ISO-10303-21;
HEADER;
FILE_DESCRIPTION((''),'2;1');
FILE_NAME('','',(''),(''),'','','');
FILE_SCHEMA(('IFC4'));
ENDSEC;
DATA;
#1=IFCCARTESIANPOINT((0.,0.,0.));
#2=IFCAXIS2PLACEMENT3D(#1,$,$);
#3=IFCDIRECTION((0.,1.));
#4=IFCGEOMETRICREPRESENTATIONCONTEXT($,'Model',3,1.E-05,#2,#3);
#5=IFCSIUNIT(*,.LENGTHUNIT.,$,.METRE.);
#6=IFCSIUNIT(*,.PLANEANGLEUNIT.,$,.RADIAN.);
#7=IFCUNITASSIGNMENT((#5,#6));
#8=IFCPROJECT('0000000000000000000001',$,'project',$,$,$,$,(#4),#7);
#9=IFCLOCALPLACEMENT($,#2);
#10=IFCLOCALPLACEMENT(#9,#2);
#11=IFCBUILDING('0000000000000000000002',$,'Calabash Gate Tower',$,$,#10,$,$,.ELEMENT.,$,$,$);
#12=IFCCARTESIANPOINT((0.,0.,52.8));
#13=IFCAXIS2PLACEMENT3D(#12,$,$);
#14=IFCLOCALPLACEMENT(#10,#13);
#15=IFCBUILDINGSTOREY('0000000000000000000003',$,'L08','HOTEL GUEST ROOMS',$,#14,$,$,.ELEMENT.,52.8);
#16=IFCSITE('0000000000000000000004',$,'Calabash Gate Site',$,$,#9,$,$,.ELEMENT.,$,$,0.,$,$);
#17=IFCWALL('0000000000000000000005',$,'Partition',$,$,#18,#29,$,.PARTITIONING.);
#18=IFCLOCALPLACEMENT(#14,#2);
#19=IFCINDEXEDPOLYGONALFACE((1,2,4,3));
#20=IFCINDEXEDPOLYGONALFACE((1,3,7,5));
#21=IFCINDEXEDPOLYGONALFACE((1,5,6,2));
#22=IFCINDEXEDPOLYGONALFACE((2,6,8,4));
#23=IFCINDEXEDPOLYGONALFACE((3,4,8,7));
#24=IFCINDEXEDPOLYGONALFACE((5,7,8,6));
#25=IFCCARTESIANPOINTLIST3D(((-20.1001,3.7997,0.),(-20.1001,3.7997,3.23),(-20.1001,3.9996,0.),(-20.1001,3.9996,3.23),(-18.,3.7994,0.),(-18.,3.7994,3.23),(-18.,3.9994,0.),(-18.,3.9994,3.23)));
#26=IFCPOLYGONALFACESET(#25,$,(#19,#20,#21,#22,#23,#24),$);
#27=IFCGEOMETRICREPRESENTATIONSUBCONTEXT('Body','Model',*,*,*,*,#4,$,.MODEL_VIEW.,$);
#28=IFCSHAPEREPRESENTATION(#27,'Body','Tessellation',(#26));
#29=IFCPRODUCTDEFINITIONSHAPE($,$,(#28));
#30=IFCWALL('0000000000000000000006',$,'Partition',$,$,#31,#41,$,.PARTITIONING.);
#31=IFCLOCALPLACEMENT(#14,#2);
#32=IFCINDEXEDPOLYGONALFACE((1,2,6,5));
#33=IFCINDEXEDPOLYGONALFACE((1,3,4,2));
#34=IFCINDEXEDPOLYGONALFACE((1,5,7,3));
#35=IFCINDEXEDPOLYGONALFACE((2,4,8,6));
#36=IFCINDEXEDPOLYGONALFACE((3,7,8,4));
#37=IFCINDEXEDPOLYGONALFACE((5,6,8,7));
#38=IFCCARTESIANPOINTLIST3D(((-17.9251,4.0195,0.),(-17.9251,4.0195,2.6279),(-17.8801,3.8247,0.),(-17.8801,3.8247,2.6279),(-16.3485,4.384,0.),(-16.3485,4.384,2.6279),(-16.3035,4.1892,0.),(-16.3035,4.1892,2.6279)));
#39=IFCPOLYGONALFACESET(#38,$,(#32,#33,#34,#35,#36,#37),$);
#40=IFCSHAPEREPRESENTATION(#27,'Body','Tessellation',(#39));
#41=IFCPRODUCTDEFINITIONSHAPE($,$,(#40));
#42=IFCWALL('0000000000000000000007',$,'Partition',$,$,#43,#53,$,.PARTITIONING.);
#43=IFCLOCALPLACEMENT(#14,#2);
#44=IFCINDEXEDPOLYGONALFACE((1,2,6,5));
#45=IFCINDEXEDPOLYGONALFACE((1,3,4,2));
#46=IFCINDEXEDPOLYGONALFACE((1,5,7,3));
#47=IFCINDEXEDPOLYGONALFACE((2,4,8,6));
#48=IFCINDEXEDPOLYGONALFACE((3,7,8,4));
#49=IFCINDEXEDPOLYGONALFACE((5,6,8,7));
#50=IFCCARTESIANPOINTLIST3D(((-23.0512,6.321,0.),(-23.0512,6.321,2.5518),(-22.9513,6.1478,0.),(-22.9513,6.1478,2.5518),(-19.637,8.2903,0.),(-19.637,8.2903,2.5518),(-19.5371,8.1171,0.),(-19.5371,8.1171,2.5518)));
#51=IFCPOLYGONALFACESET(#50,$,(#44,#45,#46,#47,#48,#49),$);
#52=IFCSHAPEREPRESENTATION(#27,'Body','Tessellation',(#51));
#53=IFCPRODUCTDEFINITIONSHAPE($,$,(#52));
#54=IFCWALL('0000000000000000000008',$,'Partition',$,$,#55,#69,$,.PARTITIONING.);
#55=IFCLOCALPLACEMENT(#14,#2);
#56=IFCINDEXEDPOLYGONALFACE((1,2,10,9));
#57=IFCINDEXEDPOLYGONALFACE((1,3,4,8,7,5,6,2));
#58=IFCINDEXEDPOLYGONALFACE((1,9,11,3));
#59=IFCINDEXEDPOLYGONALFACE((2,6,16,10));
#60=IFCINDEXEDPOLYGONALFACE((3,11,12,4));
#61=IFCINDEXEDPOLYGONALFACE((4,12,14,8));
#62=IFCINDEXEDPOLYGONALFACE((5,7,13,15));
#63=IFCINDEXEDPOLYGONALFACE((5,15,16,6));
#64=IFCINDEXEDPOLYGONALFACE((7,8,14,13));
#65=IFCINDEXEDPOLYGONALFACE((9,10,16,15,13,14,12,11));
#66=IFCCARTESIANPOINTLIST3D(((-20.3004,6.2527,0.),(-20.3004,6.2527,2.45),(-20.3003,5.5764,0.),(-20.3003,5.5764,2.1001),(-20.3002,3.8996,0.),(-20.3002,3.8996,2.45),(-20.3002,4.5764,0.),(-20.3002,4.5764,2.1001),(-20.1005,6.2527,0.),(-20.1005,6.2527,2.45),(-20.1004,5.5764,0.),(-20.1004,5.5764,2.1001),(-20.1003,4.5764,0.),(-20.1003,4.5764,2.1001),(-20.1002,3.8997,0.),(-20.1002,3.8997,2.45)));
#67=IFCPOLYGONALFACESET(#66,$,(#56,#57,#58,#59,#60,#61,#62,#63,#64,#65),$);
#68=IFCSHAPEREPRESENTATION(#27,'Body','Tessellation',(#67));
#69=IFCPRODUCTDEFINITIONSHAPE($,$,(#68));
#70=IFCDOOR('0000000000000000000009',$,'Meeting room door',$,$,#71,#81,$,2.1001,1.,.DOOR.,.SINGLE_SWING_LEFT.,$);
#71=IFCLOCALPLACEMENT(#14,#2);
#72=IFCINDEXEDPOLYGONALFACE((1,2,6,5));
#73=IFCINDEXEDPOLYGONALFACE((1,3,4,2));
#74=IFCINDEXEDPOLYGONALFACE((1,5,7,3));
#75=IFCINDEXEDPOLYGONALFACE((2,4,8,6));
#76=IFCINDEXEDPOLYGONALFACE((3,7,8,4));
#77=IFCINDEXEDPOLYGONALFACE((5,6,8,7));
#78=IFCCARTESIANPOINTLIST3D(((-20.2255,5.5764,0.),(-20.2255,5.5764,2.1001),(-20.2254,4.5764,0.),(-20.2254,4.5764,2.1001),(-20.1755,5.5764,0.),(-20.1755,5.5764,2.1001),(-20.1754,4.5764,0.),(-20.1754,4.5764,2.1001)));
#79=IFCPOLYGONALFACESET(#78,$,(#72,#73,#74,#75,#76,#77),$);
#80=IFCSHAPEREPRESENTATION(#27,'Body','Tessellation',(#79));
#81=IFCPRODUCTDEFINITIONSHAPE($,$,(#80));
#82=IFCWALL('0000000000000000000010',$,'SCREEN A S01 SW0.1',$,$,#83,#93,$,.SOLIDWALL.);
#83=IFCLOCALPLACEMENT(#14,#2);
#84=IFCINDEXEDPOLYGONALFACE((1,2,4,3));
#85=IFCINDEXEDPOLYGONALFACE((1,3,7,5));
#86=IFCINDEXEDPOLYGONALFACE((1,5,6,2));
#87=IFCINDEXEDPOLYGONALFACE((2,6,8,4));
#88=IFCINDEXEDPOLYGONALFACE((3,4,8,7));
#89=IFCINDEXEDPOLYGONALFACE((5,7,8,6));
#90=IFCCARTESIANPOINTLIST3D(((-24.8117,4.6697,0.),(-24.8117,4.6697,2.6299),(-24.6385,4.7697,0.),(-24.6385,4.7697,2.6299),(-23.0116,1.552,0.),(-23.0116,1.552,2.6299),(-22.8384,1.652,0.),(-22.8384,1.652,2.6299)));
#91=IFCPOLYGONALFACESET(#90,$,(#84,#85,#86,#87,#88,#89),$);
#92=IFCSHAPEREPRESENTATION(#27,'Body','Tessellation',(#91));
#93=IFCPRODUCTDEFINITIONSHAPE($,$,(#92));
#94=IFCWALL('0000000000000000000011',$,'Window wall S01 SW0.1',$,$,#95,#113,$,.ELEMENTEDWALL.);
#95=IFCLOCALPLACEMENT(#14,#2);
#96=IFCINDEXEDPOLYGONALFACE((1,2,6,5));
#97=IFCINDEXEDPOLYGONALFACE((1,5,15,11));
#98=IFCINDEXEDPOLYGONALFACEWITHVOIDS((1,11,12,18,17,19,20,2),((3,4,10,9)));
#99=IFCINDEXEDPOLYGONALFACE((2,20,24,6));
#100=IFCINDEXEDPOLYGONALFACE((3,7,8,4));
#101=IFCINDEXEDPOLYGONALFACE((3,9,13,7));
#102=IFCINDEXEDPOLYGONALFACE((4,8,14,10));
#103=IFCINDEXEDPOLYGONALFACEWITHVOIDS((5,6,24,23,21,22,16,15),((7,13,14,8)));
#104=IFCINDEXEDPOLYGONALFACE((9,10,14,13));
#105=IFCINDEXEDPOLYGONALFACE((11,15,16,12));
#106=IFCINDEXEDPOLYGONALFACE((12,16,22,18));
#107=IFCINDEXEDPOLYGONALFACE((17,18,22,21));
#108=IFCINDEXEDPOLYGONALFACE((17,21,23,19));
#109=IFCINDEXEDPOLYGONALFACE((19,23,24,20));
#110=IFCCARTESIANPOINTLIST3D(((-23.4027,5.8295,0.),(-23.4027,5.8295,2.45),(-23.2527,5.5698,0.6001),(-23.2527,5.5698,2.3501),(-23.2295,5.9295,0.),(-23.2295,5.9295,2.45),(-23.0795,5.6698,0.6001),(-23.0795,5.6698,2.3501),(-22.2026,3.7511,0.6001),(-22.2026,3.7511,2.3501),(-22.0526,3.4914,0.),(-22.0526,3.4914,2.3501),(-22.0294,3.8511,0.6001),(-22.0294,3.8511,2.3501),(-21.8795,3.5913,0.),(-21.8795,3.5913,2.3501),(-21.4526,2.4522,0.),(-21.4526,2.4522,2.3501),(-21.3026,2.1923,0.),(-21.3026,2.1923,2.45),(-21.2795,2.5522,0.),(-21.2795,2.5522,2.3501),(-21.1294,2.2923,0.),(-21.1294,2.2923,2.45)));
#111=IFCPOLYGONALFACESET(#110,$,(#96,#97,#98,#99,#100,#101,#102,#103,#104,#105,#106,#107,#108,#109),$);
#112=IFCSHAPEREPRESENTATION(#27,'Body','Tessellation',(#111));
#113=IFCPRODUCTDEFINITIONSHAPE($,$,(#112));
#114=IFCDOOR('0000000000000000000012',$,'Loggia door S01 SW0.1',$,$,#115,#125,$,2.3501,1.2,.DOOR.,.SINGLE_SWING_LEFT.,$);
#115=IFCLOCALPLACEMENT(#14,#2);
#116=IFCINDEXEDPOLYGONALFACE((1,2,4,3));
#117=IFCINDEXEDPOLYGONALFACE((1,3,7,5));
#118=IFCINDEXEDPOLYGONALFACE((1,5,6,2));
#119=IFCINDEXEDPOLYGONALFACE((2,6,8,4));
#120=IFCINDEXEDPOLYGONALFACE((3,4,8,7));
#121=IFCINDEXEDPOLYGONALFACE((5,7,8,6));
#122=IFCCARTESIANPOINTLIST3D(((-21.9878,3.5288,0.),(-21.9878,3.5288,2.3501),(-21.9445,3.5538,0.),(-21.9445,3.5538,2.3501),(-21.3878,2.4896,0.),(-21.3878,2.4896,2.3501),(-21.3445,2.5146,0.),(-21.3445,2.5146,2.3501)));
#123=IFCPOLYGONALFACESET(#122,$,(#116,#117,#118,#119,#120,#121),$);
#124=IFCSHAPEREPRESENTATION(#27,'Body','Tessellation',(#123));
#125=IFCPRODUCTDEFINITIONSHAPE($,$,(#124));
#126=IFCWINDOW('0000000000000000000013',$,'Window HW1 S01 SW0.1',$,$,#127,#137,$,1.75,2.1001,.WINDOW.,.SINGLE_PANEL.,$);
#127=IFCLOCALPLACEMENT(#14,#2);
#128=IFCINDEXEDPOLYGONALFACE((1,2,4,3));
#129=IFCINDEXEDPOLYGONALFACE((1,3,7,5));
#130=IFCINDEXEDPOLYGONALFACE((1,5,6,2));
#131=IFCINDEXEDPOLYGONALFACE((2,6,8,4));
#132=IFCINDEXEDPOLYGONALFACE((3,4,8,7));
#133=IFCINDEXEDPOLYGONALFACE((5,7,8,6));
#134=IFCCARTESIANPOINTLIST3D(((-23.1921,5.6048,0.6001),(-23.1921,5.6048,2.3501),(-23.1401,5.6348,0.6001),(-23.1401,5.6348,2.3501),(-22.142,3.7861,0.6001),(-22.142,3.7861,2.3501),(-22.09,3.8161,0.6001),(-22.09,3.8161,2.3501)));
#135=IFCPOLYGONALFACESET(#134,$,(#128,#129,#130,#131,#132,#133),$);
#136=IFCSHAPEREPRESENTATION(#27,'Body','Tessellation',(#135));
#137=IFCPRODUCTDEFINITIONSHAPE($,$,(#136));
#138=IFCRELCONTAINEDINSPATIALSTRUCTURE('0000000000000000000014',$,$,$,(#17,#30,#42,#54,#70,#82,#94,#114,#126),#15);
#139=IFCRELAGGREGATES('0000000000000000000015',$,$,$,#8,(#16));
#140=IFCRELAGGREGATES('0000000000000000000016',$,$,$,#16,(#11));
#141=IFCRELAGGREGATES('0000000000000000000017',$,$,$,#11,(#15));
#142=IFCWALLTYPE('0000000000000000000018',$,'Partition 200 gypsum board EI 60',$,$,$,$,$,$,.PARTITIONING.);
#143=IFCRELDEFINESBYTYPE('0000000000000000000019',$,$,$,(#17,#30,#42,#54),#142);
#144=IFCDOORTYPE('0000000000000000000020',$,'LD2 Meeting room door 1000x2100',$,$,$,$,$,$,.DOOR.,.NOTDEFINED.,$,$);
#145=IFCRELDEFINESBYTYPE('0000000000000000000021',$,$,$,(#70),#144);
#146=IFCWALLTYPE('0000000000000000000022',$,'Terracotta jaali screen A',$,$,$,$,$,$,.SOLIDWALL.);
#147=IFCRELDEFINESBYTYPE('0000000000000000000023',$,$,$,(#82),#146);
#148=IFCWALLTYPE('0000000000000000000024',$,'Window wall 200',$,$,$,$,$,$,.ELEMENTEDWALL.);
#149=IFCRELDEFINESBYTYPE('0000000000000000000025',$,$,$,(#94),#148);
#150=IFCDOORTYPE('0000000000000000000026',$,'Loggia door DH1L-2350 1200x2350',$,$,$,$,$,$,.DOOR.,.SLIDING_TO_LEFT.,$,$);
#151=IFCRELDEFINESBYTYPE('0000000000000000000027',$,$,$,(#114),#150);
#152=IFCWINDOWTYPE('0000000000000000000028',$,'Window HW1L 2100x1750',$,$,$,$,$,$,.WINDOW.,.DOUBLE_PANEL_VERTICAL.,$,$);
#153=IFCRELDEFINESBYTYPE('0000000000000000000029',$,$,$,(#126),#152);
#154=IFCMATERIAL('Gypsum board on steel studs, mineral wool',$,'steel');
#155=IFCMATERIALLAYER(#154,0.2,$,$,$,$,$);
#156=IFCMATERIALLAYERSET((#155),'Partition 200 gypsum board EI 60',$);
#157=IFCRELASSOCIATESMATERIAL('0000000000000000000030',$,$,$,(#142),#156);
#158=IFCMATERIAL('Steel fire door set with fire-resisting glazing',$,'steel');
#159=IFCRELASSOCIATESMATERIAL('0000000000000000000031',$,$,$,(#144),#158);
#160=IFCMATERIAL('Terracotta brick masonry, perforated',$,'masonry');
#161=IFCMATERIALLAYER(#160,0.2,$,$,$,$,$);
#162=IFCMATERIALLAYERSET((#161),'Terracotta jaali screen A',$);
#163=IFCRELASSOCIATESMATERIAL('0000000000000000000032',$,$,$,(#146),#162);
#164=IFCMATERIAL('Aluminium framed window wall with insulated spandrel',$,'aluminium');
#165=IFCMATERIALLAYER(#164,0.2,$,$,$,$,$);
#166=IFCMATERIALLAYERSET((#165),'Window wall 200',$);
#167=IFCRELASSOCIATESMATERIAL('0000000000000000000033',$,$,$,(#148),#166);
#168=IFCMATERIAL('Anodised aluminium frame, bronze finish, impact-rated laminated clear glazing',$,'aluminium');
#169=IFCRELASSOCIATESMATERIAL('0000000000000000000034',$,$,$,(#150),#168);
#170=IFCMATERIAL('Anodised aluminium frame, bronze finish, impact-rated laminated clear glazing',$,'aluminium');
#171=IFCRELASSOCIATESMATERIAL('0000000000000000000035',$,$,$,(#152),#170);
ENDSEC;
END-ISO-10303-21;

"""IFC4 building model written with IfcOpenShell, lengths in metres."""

from ifc_helpers import new_model, si_unit, direction, frame, frame_2d, origin, place, context, subcontext, project, spatial, rectangle, extrude, material, layer, layer_set, type_object, element, fill, save


model = new_model("IFC4")

# Units and contexts
model_context = context("Model", 3, precision=1e-05, world=origin(), true_north=direction((0.0, 1.0)))
body_context = subcontext(model_context, "Body", "Model", "MODEL_VIEW")
ifc_project = project(units=[si_unit("LENGTHUNIT", "METRE"), si_unit("PLANEANGLEUNIT", "RADIAN")], contexts=[model_context])

# Site, building, storey
site_placement = place(None, origin())
site = spatial("IfcSite", under=ifc_project, at=site_placement, Name="Calabash Gate Site", CompositionType="ELEMENT", RefElevation=0.0)
building_placement = place(site_placement, origin())
building = spatial("IfcBuilding", under=site, at=building_placement, Name="Calabash Gate Tower", CompositionType="ELEMENT")
storey_placement = place(building_placement, frame((0.0, 0.0, 52.8)))
storey = spatial("IfcBuildingStorey", under=building, at=storey_placement, Name="L08", Description="HOTEL GUEST ROOMS", CompositionType="ELEMENT", Elevation=52.8)

# Walls
ifc_material_1 = material(Name="Gypsum board on steel studs, mineral wool", Category="steel")
ifc_layer_1 = layer(ifc_material_1, 0.2)
ifc_layer_set_1 = layer_set([ifc_layer_1], Name="Partition 200 gypsum board EI 60")
wall_type_1 = type_object("IfcWallType", Name="Partition 200 gypsum board EI 60", PredefinedType="PARTITIONING", material=ifc_layer_set_1)
wall_1_placement = place(storey_placement, frame((-20.1001, 3.8997, 0.0), z_axis=(0.0, 0.0, 1.0), x_axis=(1.0, -0.000116, 0.0)))
element("IfcWall", 1, at=wall_1_placement, inside=storey, type_object=wall_type_1, Name="Partition", PredefinedType="PARTITIONING", context=body_context, shape_type="SweptSolid", body=[
    extrude(rectangle(XDim=2.1001, YDim=0.2, at=frame_2d((1.05, 0.0))), origin(), (0.0, 0.0, 1.0), 3.23),
])
wall_2_placement = place(storey_placement, frame((-17.9026, 3.9221, 0.0), z_axis=(0.0, 0.0, 1.0), x_axis=(0.974302, 0.225245, 0.0)))
element("IfcWall", 2, at=wall_2_placement, inside=storey, type_object=wall_type_1, Name="Partition", PredefinedType="PARTITIONING", context=body_context, shape_type="SweptSolid", body=[
    extrude(rectangle(XDim=1.6182, YDim=0.2, at=frame_2d((0.8091, 0.0))), origin(), (0.0, 0.0, 1.0), 2.6279),
])
wall_3_placement = place(storey_placement, frame((-23.0012, 6.2344, 0.0), z_axis=(0.0, 0.0, 1.0), x_axis=(0.866231, 0.499644, 0.0)))
element("IfcWall", 3, at=wall_3_placement, inside=storey, type_object=wall_type_1, Name="Partition", PredefinedType="PARTITIONING", context=body_context, shape_type="SweptSolid", body=[
    extrude(rectangle(XDim=3.9414, YDim=0.2, at=frame_2d((1.9707, 0.0))), origin(), (0.0, 0.0, 1.0), 2.5518),
])

# Wall, opening, door
wall_4_placement = place(storey_placement, frame((-20.2004, 6.2527, 0.0), z_axis=(0.0, 0.0, 1.0), x_axis=(0.000104, -1.0, 0.0)))
wall_4 = element("IfcWall", 4, at=wall_4_placement, inside=storey, type_object=wall_type_1, Name="Partition", PredefinedType="PARTITIONING", context=body_context, shape_type="SweptSolid", body=[
    extrude(rectangle(XDim=2.353, YDim=0.2, at=frame_2d((1.1765, 0.0))), origin(), (0.0, 0.0, 1.0), 2.45),
])
opening_1_placement = place(wall_4_placement, frame((0.6763, 0.0, 0.0)))
opening_1 = element("IfcOpeningElement", 5, at=opening_1_placement, cuts=wall_4, PredefinedType="OPENING", context=body_context, shape_type="SweptSolid", body=[
    extrude(rectangle(XDim=1.0, YDim=2.1001, at=frame_2d((0.5, 1.05))), frame((0.0, 0.1099, 0.0), z_axis=(0.0, -1.0, 0.0), x_axis=(1.0, 0.0, 0.0)), (0.0, 0.0, 1.0), 0.22),
])
ifc_material_2 = material(Name="Steel fire door set with fire-resisting glazing", Category="steel")
door_type_1 = type_object("IfcDoorType", Name="LD2 Meeting room door 1000x2100", OperationType="NOTDEFINED", PredefinedType="DOOR", material=ifc_material_2)
door_1_placement = place(opening_1_placement, origin())
door_1 = element("IfcDoor", 6, at=door_1_placement, inside=storey, type_object=door_type_1, Name="Meeting room door", OperationType="SINGLE_SWING_LEFT", OverallHeight=2.1001, OverallWidth=1.0, PredefinedType="DOOR", context=body_context, shape_type="SweptSolid", body=[
    extrude(rectangle(XDim=1.0, YDim=2.1001, at=frame_2d((0.5, 1.05))), frame((0.0, 0.0249, 0.0), z_axis=(0.0, -1.0, 0.0), x_axis=(1.0, 0.0, 0.0)), (0.0, 0.0, 1.0), 0.05),
])
fill(opening_1, door_1)

# Wall
ifc_material_3 = material(Name="Terracotta brick masonry, perforated", Category="masonry")
ifc_layer_2 = layer(ifc_material_3, 0.2)
ifc_layer_set_2 = layer_set([ifc_layer_2], Name="Terracotta jaali screen A")
wall_type_2 = type_object("IfcWallType", Name="Terracotta jaali screen A", PredefinedType="SOLIDWALL", material=ifc_layer_set_2)
wall_5_placement = place(storey_placement, frame((-24.7251, 4.7197, 0.0), z_axis=(0.0, 0.0, 1.0), x_axis=(0.500012, -0.866018, 0.0)))
element("IfcWall", 7, at=wall_5_placement, inside=storey, type_object=wall_type_2, Name="SCREEN A S01 SW0.1", PredefinedType="SOLIDWALL", context=body_context, shape_type="SweptSolid", body=[
    extrude(rectangle(XDim=3.6001, YDim=0.2, at=frame_2d((1.8, 0.0))), origin(), (0.0, 0.0, 1.0), 2.6299),
])

# Wall, openings, door, window
ifc_material_4 = material(Name="Aluminium framed window wall with insulated spandrel", Category="aluminium")
ifc_layer_3 = layer(ifc_material_4, 0.2)
ifc_layer_set_3 = layer_set([ifc_layer_3], Name="Window wall 200")
wall_type_3 = type_object("IfcWallType", Name="Window wall 200", PredefinedType="ELEMENTEDWALL", material=ifc_layer_set_3)
wall_6_placement = place(storey_placement, frame((-23.3162, 5.8796, 0.0), z_axis=(0.0, 0.0, 1.0), x_axis=(0.500028, -0.866009, 0.0)))
wall_6 = element("IfcWall", 8, at=wall_6_placement, inside=storey, type_object=wall_type_3, Name="Window wall S01 SW0.1", PredefinedType="ELEMENTEDWALL", context=body_context, shape_type="SweptSolid", body=[
    extrude(rectangle(XDim=4.2, YDim=0.2, at=frame_2d((2.1001, 0.0))), origin(), (0.0, 0.0, 1.0), 2.45),
])
opening_2_placement = place(wall_6_placement, frame((0.3, 0.0, 0.6001)))
opening_2 = element("IfcOpeningElement", 9, at=opening_2_placement, cuts=wall_6, PredefinedType="OPENING", context=body_context, shape_type="SweptSolid", body=[
    extrude(rectangle(XDim=2.1001, YDim=1.75, at=frame_2d((1.05, 0.875))), frame((0.0, 0.1099, 0.0), z_axis=(0.0, -1.0, 0.0), x_axis=(1.0, 0.0, 0.0)), (0.0, 0.0, 1.0), 0.22),
])
opening_3_placement = place(wall_6_placement, frame((2.7, 0.0, 0.0)))
opening_3 = element("IfcOpeningElement", 10, at=opening_3_placement, cuts=wall_6, PredefinedType="OPENING", context=body_context, shape_type="SweptSolid", body=[
    extrude(rectangle(XDim=1.2, YDim=2.3501, at=frame_2d((0.6001, 1.175))), frame((0.0, 0.1099, 0.0), z_axis=(0.0, -1.0, 0.0), x_axis=(1.0, 0.0, 0.0)), (0.0, 0.0, 1.0), 0.22),
])
ifc_material_5 = material(Name="Anodised aluminium frame, bronze finish, impact-rated laminated clear glazing", Category="aluminium")
door_type_2 = type_object("IfcDoorType", Name="Loggia door DH1L-2350 1200x2350", OperationType="SLIDING_TO_LEFT", PredefinedType="DOOR", material=ifc_material_5)
door_2_placement = place(opening_3_placement, origin())
door_2 = element("IfcDoor", 11, at=door_2_placement, inside=storey, type_object=door_type_2, Name="Loggia door S01 SW0.1", OperationType="SINGLE_SWING_LEFT", OverallHeight=2.3501, OverallWidth=1.2, PredefinedType="DOOR", context=body_context, shape_type="SweptSolid", body=[
    extrude(rectangle(XDim=1.2, YDim=2.3501, at=frame_2d((0.6001, 1.175))), frame((0.0, 0.0249, 0.0), z_axis=(0.0, -1.0, 0.0), x_axis=(1.0, 0.0, 0.0)), (0.0, 0.0, 1.0), 0.05),
])
fill(opening_3, door_2)
ifc_material_6 = material(Name="Anodised aluminium frame, bronze finish, impact-rated laminated clear glazing", Category="aluminium")
window_type = type_object("IfcWindowType", Name="Window HW1L 2100x1750", PartitioningType="DOUBLE_PANEL_VERTICAL", PredefinedType="WINDOW", material=ifc_material_6)
window_placement = place(opening_2_placement, origin())
window = element("IfcWindow", 12, at=window_placement, inside=storey, type_object=window_type, Name="Window HW1 S01 SW0.1", OverallHeight=1.75, OverallWidth=2.1001, PartitioningType="SINGLE_PANEL", PredefinedType="WINDOW", context=body_context, shape_type="SweptSolid", body=[
    extrude(rectangle(XDim=2.1001, YDim=1.75, at=frame_2d((1.05, 0.875))), frame((0.0, 0.03, 0.0), z_axis=(0.0, -1.0, 0.0), x_axis=(1.0, 0.0, 0.0)), (0.0, 0.0, 1.0), 0.0601),
])
fill(opening_2, window)

save(model, "model.ifc")
